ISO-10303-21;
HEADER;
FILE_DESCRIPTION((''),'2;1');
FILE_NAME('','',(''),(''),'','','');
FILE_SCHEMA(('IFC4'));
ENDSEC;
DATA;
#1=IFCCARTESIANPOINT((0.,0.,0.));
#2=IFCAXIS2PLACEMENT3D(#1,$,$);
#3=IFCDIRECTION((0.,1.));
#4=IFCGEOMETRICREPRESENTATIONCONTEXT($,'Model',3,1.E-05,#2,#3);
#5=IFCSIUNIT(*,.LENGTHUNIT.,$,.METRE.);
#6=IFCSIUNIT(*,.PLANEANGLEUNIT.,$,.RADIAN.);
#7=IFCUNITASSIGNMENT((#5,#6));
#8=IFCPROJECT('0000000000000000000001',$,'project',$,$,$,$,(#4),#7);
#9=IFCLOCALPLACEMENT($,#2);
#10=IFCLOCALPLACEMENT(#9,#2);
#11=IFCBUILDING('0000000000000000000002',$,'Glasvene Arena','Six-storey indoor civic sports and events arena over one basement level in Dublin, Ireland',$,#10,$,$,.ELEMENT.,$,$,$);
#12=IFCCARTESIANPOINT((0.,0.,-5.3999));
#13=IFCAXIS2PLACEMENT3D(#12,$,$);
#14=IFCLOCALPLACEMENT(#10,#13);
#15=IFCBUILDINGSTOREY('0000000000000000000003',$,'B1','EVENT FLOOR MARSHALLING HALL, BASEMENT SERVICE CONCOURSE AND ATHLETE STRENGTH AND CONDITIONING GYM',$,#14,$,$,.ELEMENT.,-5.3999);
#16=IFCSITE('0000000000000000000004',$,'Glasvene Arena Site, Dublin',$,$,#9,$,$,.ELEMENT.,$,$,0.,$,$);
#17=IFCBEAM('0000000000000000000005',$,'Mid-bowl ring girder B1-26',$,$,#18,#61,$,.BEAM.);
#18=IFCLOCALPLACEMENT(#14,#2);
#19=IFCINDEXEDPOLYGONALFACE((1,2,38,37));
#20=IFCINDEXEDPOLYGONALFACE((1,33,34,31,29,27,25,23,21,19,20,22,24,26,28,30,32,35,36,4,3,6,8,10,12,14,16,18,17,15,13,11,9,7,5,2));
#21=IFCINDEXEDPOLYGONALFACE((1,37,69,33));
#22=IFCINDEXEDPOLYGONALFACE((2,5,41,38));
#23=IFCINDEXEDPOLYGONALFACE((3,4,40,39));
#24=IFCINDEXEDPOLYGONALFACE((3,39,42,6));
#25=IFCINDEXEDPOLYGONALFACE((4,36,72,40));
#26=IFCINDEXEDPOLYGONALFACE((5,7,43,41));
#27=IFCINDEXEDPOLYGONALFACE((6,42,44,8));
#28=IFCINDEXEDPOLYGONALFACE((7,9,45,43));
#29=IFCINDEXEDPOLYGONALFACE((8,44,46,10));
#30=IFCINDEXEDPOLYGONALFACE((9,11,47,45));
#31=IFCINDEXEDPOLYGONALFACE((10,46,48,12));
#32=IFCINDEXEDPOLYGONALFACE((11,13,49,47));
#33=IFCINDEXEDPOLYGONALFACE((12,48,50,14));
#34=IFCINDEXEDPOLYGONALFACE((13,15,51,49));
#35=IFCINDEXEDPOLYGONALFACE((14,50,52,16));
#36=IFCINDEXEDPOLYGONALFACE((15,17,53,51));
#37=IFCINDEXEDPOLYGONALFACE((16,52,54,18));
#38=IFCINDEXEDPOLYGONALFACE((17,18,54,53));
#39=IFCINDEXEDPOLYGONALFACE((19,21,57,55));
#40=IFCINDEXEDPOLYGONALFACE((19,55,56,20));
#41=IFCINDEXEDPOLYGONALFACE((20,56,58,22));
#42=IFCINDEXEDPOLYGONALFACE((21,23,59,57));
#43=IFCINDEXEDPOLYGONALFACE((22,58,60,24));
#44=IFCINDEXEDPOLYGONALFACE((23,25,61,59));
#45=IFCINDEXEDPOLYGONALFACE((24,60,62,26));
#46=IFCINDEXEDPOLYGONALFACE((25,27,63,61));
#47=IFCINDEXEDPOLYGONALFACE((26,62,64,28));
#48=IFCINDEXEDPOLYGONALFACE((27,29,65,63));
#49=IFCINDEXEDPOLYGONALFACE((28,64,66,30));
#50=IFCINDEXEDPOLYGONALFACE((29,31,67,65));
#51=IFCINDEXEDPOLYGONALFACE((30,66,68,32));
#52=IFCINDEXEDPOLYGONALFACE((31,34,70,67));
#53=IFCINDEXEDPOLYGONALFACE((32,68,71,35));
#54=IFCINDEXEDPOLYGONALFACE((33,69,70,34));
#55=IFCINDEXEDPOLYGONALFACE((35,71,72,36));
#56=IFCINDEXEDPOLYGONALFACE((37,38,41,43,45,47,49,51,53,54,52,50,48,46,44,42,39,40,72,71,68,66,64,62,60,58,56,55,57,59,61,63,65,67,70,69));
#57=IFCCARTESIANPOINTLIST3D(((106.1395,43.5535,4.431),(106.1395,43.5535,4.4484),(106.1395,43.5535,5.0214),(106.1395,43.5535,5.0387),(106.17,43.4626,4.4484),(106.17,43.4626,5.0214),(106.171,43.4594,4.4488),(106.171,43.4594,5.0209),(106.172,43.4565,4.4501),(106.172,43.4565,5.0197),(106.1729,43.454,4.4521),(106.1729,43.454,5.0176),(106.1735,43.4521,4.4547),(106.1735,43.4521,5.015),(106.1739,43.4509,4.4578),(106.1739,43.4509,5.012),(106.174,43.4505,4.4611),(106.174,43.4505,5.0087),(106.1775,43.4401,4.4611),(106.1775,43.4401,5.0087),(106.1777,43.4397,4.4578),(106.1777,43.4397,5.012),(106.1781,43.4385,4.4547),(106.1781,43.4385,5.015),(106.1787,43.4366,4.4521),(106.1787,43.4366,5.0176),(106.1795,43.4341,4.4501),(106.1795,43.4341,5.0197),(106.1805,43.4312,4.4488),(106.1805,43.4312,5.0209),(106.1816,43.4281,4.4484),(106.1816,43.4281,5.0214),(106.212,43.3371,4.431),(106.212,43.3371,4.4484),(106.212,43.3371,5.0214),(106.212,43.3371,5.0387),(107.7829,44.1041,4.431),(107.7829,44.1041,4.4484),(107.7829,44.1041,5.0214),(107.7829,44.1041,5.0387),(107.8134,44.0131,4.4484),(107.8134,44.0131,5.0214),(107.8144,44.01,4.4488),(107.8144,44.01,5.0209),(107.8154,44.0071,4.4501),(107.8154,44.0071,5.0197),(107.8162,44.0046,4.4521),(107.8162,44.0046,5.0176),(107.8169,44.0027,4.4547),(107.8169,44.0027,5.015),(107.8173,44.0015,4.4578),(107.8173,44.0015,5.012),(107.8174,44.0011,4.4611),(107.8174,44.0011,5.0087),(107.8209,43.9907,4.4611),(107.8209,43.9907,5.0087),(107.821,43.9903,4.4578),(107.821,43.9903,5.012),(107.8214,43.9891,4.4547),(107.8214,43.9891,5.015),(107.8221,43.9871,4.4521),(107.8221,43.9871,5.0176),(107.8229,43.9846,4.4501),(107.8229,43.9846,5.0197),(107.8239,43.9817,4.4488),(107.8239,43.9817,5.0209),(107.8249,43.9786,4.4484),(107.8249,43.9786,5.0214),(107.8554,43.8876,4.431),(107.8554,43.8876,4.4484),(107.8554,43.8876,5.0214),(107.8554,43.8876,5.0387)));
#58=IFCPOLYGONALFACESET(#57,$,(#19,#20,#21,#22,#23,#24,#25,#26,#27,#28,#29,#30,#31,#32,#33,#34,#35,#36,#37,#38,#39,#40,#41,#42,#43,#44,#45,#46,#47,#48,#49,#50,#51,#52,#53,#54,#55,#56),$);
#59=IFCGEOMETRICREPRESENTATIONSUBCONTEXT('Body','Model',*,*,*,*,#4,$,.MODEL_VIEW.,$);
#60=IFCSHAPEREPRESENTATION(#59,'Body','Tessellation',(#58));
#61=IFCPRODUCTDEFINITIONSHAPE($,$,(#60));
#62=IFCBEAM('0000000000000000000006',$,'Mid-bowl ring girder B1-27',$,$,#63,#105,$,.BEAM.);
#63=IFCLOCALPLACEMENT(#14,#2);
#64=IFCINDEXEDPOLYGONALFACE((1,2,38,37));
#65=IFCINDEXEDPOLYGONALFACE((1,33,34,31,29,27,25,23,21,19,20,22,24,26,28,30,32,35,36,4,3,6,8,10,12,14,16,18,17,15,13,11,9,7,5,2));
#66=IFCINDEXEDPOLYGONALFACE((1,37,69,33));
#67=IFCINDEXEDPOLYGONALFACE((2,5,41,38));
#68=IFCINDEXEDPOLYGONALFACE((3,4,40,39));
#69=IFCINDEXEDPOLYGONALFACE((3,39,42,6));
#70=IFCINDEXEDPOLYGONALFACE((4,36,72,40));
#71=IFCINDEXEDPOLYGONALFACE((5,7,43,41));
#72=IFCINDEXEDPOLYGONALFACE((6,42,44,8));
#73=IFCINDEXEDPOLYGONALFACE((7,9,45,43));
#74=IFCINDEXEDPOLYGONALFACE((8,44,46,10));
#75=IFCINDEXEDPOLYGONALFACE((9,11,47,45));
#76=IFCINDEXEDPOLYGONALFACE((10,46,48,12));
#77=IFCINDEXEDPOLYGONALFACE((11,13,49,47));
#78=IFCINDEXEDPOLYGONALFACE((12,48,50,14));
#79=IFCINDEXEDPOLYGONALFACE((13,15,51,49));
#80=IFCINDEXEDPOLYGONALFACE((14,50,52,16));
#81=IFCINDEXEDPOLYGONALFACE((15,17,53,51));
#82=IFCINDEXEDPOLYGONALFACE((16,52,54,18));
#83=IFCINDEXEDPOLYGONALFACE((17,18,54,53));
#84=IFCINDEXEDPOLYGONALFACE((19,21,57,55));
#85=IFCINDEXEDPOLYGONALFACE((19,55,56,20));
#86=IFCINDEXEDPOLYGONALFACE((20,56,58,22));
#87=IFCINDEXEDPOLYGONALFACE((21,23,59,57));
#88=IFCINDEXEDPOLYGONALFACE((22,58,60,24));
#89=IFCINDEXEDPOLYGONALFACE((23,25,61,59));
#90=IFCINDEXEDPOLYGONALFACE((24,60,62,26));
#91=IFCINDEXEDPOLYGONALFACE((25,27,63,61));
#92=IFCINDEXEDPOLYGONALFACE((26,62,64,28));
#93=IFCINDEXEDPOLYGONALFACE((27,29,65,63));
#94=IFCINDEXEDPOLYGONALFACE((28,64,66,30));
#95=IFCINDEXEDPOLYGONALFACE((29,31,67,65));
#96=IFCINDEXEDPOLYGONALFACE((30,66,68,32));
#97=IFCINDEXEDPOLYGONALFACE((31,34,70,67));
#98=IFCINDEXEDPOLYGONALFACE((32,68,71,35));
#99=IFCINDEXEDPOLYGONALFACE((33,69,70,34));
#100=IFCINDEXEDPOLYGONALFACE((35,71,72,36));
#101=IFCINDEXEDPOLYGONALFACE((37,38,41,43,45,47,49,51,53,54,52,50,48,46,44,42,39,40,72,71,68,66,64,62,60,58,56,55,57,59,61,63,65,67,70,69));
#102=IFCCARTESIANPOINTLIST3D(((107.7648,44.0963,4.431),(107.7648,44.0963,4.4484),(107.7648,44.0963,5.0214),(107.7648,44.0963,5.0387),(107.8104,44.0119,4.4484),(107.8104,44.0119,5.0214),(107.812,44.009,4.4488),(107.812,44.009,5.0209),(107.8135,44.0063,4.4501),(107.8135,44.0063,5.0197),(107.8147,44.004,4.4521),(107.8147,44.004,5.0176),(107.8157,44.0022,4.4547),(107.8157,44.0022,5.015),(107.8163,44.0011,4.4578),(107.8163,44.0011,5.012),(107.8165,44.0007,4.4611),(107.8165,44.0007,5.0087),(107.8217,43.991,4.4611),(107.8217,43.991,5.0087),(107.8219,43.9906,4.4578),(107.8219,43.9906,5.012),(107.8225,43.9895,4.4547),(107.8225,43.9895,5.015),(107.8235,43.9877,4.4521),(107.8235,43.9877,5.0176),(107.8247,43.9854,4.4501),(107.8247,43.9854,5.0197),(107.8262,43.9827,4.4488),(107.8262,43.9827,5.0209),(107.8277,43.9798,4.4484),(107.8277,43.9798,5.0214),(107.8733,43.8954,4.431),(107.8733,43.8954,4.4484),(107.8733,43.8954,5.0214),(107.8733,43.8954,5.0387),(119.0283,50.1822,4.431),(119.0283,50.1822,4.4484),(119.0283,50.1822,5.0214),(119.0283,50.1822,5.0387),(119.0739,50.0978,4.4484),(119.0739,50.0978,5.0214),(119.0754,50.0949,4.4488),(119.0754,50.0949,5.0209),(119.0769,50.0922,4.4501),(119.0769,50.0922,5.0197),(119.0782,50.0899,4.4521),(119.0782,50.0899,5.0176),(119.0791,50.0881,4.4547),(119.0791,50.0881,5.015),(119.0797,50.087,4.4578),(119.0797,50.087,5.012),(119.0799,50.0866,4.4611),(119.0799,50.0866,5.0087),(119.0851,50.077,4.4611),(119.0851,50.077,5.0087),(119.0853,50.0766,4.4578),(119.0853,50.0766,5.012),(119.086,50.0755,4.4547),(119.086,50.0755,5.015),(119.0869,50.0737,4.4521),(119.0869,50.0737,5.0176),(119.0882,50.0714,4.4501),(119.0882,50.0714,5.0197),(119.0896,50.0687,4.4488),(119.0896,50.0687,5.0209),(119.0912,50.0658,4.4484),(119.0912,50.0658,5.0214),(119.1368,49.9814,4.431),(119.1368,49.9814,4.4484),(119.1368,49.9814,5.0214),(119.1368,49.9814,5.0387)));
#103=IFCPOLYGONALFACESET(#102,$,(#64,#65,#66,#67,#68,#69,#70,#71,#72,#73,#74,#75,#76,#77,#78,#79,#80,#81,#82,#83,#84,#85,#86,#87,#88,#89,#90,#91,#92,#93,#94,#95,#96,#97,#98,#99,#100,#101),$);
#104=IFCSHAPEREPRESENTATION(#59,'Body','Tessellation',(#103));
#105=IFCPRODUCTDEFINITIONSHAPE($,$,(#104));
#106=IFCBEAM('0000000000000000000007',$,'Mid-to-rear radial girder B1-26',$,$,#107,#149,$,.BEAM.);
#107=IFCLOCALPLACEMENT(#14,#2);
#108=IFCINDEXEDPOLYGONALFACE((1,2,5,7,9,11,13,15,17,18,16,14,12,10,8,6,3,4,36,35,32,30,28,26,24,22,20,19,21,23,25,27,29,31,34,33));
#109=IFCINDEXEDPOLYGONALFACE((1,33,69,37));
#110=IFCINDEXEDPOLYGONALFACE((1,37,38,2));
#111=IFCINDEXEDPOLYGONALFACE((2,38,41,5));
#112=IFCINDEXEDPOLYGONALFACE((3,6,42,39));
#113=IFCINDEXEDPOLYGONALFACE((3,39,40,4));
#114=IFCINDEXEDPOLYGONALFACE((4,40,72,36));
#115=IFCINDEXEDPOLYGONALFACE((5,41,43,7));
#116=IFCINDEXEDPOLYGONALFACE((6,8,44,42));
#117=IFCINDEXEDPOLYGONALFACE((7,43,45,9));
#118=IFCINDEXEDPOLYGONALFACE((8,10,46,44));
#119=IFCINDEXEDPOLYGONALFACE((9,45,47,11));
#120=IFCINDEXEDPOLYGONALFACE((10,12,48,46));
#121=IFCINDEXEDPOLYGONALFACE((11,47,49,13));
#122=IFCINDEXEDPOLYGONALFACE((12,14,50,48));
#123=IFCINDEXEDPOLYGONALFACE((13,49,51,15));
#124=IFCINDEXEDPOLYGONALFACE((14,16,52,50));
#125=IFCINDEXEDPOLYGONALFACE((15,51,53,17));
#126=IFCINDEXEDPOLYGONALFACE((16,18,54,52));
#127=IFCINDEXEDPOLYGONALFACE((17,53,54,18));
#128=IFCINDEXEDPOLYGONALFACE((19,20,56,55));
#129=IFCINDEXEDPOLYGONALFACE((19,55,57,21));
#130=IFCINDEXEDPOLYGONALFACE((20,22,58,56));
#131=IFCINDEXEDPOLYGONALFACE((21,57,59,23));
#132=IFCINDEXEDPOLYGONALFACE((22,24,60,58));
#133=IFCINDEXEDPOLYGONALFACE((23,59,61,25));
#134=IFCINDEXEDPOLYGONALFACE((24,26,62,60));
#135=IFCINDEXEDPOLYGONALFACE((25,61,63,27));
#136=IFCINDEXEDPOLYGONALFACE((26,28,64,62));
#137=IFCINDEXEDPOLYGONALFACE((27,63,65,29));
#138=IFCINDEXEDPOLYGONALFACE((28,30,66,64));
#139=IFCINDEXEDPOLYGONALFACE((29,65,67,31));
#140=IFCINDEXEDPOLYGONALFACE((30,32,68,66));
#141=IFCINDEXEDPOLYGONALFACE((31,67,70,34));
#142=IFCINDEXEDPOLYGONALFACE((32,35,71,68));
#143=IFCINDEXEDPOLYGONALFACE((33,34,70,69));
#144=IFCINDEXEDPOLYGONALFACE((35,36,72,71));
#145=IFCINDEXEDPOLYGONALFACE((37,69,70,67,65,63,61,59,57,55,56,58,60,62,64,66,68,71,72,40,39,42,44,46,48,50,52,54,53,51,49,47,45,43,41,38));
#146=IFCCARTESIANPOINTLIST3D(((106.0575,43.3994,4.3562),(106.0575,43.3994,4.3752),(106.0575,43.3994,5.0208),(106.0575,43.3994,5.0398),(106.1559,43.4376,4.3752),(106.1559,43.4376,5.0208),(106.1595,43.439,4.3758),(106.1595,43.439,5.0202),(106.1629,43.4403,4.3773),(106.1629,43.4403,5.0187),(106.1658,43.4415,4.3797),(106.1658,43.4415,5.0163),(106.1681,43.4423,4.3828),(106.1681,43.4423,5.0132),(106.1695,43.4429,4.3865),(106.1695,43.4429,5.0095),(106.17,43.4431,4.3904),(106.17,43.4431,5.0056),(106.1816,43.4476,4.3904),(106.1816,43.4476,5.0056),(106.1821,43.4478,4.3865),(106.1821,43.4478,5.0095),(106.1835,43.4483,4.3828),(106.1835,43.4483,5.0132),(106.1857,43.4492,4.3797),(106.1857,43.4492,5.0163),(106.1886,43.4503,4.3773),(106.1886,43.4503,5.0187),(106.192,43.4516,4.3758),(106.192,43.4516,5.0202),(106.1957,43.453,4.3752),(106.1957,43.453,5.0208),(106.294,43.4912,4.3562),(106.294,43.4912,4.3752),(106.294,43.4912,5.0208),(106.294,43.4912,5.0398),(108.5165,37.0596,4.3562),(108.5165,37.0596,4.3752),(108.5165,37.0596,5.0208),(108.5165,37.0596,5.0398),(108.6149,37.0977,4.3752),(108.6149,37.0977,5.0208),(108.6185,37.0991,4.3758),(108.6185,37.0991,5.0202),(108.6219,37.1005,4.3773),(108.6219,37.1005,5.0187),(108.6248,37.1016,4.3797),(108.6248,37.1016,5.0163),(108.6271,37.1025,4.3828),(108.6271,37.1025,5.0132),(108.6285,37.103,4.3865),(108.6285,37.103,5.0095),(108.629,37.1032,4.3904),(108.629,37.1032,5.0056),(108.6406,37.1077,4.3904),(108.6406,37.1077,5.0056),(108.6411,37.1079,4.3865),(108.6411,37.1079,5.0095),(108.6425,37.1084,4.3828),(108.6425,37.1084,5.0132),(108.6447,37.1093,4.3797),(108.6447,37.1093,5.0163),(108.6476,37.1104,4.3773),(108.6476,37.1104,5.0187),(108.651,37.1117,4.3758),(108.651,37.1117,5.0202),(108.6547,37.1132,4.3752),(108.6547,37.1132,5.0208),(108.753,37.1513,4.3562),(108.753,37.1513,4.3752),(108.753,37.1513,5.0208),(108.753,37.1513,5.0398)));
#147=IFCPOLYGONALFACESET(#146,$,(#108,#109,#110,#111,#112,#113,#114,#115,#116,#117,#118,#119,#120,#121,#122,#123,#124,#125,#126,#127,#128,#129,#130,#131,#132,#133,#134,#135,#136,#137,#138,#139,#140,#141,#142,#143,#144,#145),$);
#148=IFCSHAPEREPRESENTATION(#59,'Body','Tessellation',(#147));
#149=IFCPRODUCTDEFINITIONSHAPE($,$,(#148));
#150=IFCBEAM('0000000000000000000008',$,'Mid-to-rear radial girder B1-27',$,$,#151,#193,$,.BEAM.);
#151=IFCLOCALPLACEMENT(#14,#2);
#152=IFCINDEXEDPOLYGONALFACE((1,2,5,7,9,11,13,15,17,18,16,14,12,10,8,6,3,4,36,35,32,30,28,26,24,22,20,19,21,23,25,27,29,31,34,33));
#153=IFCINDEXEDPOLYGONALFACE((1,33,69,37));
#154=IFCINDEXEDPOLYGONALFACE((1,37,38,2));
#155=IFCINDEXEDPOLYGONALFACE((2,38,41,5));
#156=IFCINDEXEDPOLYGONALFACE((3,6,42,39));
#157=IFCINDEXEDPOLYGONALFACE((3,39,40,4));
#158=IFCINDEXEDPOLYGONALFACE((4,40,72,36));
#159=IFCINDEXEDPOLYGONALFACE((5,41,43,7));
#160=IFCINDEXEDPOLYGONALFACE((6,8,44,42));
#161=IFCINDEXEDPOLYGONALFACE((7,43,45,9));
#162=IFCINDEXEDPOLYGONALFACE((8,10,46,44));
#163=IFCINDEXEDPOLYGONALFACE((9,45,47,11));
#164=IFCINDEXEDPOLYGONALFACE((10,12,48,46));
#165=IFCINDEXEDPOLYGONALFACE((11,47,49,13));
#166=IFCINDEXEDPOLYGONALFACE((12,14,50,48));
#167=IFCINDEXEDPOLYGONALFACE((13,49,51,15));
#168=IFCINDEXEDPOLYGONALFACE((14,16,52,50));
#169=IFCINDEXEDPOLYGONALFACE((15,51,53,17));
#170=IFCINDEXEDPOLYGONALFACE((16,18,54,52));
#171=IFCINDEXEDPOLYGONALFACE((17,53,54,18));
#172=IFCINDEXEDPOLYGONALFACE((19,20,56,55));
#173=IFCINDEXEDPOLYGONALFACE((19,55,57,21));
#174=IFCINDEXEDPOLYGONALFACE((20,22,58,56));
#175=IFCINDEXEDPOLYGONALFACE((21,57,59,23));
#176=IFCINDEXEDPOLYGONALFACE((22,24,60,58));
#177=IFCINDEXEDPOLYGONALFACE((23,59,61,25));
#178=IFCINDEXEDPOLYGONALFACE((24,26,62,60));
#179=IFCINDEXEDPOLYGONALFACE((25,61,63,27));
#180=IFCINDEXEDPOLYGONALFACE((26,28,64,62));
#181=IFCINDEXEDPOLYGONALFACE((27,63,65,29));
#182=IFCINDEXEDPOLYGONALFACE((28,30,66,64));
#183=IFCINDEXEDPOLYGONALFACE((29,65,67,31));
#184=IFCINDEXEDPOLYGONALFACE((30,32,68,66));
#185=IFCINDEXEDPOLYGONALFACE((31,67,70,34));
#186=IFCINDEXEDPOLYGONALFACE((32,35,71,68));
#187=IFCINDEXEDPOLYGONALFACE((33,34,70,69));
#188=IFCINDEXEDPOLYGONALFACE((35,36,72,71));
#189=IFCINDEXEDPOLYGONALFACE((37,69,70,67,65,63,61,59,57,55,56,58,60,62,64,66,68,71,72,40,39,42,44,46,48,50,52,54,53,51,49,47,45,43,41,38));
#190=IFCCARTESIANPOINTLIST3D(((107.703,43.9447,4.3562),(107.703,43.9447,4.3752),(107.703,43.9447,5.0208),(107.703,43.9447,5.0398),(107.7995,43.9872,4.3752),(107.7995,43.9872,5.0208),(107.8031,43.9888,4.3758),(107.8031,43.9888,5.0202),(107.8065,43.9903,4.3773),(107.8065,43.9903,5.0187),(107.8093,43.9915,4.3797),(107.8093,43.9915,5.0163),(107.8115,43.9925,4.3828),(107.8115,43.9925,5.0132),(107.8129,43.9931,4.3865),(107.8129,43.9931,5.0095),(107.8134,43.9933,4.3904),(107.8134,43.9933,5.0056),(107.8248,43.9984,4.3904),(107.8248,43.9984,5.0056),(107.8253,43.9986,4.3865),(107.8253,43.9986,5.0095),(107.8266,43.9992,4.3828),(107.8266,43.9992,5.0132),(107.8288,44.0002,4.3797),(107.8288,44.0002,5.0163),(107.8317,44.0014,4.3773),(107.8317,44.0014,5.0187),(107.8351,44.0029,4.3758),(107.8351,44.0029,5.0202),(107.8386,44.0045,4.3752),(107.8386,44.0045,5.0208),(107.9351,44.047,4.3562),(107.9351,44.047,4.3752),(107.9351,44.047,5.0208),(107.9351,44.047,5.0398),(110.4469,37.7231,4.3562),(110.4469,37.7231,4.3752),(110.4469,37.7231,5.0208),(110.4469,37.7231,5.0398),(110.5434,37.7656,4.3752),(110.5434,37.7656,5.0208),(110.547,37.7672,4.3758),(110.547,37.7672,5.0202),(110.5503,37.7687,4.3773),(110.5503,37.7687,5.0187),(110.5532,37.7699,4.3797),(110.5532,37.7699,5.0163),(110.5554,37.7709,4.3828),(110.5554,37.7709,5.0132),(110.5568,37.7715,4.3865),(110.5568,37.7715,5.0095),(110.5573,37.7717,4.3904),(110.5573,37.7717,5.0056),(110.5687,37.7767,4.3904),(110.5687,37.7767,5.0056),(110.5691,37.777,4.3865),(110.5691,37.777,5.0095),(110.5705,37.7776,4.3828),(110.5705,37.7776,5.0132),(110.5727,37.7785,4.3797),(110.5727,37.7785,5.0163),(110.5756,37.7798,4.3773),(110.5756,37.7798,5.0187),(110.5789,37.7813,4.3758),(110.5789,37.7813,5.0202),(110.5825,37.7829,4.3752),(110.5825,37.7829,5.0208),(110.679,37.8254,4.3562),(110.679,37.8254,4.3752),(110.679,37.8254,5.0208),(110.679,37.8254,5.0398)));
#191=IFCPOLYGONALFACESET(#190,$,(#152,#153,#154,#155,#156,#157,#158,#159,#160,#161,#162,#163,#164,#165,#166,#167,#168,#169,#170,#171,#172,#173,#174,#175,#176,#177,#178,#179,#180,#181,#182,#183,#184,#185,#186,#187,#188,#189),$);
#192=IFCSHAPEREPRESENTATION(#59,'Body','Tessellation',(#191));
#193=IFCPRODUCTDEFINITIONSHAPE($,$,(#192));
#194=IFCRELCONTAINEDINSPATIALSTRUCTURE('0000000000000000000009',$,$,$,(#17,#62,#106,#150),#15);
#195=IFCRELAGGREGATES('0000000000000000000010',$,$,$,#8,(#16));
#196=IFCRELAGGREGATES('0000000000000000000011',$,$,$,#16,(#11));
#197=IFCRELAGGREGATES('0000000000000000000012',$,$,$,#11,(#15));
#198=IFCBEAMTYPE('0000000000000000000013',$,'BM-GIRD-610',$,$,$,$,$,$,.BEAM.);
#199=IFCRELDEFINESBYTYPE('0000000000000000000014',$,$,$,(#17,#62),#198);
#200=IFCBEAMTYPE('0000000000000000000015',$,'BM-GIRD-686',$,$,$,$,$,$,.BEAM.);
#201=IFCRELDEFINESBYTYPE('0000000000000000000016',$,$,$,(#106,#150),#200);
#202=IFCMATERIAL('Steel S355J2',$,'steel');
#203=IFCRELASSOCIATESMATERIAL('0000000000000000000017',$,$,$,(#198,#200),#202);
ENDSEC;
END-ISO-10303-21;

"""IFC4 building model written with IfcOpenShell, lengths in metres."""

from ifc_helpers import new_model, si_unit, direction, frame, origin, origin_2d, place, context, subcontext, project, spatial, i_section, extrude, material, material_profile, profile_set, type_object, element, save


model = new_model("IFC4")

# Units and contexts
model_context = context("Model", 3, precision=1e-05, world=origin(), true_north=direction((0.0, 1.0)))
body_context = subcontext(model_context, "Body", "Model", "MODEL_VIEW")
ifc_project = project(units=[si_unit("LENGTHUNIT", "METRE"), si_unit("PLANEANGLEUNIT", "RADIAN")], contexts=[model_context])

# Site, building, storey
site_placement = place(None, origin())
site = spatial("IfcSite", under=ifc_project, at=site_placement, Name="Glasvene Arena Site, Dublin", CompositionType="ELEMENT", RefElevation=0.0)
building_placement = place(site_placement, origin())
building = spatial("IfcBuilding", under=site, at=building_placement, Name="Glasvene Arena", Description="Six-storey indoor civic sports and events arena over one basement level in Dublin, Ireland", CompositionType="ELEMENT")
storey_placement = place(building_placement, frame((0.0, 0.0, -5.3999)))
storey = spatial("IfcBuildingStorey", under=building, at=storey_placement, Name="B1", Description="EVENT FLOOR MARSHALLING HALL, BASEMENT SERVICE CONCOURSE AND ATHLETE STRENGTH AND CONDITIONING GYM", CompositionType="ELEMENT", Elevation=-5.3999)

# Beams
ifc_material_1 = material(Name="Steel S355J2", Category="steel")
ifc_material_profile_1 = material_profile(ifc_material_1, i_section(OverallWidth=0.2283, OverallDepth=0.6077, WebThickness=0.011, FlangeThickness=0.0173, FilletRadius=0.0127, at=origin_2d()), Name="UKB 610x229x113")
ifc_profile_set_1 = profile_set([ifc_material_profile_1], Name="Steel S355J2")
beam_type_1 = type_object("IfcBeamType", Name="BM-GIRD-610", PredefinedType="BEAM", material=ifc_profile_set_1)
beam_1_placement = place(storey_placement, frame((106.1758, 43.4453, 4.7349), z_axis=(0.948203, 0.317664, 0.0), x_axis=(-0.317664, 0.948203, 0.0)))
element("IfcBeam", 1, at=beam_1_placement, inside=storey, type_object=beam_type_1, Name="Mid-bowl ring girder B1-26", PredefinedType="BEAM", context=body_context, shape_type="SweptSolid", body=[
    extrude(i_section(OverallWidth=0.2283, OverallDepth=0.6077, WebThickness=0.011, FlangeThickness=0.0173, FilletRadius=0.0127, at=origin_2d()), origin(), (0.0, 0.0, 1.0), 1.7332),
])
beam_2_placement = place(storey_placement, frame((107.8191, 43.9958, 4.7349), z_axis=(0.879785, 0.475372, 0.0), x_axis=(-0.475372, 0.879785, 0.0)))
element("IfcBeam", 2, at=beam_2_placement, inside=storey, type_object=beam_type_1, Name="Mid-bowl ring girder B1-27", PredefinedType="BEAM", context=body_context, shape_type="SweptSolid", body=[
    extrude(i_section(OverallWidth=0.2283, OverallDepth=0.6077, WebThickness=0.011, FlangeThickness=0.0173, FilletRadius=0.0127, at=origin_2d()), origin(), (0.0, 0.0, 1.0), 12.8025),
])
ifc_material_profile_2 = material_profile(ifc_material_1, i_section(OverallWidth=0.2537, OverallDepth=0.6836, WebThickness=0.0125, FlangeThickness=0.019, FilletRadius=0.0151, at=origin_2d()), Name="UKB 686x254x140")
ifc_profile_set_2 = profile_set([ifc_material_profile_2], Name="Steel S355J2")
beam_type_2 = type_object("IfcBeamType", Name="BM-GIRD-686", PredefinedType="BEAM", material=ifc_profile_set_2)
beam_3_placement = place(storey_placement, frame((106.1758, 43.4453, 4.698), z_axis=(0.361614, -0.932328, 0.0), x_axis=(0.932328, 0.361614, 0.0)))
element("IfcBeam", 3, at=beam_3_placement, inside=storey, type_object=beam_type_2, Name="Mid-to-rear radial girder B1-26", PredefinedType="BEAM", context=body_context, shape_type="SweptSolid", body=[
    extrude(i_section(OverallWidth=0.2537, OverallDepth=0.6836, WebThickness=0.0125, FlangeThickness=0.019, FilletRadius=0.0151, at=origin_2d()), origin(), (0.0, 0.0, 1.0), 6.8),
])
beam_4_placement = place(storey_placement, frame((107.8191, 43.9958, 4.698), z_axis=(0.403522, -0.91497, 0.0), x_axis=(0.91497, 0.403522, 0.0)))
element("IfcBeam", 4, at=beam_4_placement, inside=storey, type_object=beam_type_2, Name="Mid-to-rear radial girder B1-27", PredefinedType="BEAM", context=body_context, shape_type="SweptSolid", body=[
    extrude(i_section(OverallWidth=0.2537, OverallDepth=0.6836, WebThickness=0.0125, FlangeThickness=0.019, FilletRadius=0.0151, at=origin_2d()), origin(), (0.0, 0.0, 1.0), 6.7998),
])

save(model, "model.ifc")
